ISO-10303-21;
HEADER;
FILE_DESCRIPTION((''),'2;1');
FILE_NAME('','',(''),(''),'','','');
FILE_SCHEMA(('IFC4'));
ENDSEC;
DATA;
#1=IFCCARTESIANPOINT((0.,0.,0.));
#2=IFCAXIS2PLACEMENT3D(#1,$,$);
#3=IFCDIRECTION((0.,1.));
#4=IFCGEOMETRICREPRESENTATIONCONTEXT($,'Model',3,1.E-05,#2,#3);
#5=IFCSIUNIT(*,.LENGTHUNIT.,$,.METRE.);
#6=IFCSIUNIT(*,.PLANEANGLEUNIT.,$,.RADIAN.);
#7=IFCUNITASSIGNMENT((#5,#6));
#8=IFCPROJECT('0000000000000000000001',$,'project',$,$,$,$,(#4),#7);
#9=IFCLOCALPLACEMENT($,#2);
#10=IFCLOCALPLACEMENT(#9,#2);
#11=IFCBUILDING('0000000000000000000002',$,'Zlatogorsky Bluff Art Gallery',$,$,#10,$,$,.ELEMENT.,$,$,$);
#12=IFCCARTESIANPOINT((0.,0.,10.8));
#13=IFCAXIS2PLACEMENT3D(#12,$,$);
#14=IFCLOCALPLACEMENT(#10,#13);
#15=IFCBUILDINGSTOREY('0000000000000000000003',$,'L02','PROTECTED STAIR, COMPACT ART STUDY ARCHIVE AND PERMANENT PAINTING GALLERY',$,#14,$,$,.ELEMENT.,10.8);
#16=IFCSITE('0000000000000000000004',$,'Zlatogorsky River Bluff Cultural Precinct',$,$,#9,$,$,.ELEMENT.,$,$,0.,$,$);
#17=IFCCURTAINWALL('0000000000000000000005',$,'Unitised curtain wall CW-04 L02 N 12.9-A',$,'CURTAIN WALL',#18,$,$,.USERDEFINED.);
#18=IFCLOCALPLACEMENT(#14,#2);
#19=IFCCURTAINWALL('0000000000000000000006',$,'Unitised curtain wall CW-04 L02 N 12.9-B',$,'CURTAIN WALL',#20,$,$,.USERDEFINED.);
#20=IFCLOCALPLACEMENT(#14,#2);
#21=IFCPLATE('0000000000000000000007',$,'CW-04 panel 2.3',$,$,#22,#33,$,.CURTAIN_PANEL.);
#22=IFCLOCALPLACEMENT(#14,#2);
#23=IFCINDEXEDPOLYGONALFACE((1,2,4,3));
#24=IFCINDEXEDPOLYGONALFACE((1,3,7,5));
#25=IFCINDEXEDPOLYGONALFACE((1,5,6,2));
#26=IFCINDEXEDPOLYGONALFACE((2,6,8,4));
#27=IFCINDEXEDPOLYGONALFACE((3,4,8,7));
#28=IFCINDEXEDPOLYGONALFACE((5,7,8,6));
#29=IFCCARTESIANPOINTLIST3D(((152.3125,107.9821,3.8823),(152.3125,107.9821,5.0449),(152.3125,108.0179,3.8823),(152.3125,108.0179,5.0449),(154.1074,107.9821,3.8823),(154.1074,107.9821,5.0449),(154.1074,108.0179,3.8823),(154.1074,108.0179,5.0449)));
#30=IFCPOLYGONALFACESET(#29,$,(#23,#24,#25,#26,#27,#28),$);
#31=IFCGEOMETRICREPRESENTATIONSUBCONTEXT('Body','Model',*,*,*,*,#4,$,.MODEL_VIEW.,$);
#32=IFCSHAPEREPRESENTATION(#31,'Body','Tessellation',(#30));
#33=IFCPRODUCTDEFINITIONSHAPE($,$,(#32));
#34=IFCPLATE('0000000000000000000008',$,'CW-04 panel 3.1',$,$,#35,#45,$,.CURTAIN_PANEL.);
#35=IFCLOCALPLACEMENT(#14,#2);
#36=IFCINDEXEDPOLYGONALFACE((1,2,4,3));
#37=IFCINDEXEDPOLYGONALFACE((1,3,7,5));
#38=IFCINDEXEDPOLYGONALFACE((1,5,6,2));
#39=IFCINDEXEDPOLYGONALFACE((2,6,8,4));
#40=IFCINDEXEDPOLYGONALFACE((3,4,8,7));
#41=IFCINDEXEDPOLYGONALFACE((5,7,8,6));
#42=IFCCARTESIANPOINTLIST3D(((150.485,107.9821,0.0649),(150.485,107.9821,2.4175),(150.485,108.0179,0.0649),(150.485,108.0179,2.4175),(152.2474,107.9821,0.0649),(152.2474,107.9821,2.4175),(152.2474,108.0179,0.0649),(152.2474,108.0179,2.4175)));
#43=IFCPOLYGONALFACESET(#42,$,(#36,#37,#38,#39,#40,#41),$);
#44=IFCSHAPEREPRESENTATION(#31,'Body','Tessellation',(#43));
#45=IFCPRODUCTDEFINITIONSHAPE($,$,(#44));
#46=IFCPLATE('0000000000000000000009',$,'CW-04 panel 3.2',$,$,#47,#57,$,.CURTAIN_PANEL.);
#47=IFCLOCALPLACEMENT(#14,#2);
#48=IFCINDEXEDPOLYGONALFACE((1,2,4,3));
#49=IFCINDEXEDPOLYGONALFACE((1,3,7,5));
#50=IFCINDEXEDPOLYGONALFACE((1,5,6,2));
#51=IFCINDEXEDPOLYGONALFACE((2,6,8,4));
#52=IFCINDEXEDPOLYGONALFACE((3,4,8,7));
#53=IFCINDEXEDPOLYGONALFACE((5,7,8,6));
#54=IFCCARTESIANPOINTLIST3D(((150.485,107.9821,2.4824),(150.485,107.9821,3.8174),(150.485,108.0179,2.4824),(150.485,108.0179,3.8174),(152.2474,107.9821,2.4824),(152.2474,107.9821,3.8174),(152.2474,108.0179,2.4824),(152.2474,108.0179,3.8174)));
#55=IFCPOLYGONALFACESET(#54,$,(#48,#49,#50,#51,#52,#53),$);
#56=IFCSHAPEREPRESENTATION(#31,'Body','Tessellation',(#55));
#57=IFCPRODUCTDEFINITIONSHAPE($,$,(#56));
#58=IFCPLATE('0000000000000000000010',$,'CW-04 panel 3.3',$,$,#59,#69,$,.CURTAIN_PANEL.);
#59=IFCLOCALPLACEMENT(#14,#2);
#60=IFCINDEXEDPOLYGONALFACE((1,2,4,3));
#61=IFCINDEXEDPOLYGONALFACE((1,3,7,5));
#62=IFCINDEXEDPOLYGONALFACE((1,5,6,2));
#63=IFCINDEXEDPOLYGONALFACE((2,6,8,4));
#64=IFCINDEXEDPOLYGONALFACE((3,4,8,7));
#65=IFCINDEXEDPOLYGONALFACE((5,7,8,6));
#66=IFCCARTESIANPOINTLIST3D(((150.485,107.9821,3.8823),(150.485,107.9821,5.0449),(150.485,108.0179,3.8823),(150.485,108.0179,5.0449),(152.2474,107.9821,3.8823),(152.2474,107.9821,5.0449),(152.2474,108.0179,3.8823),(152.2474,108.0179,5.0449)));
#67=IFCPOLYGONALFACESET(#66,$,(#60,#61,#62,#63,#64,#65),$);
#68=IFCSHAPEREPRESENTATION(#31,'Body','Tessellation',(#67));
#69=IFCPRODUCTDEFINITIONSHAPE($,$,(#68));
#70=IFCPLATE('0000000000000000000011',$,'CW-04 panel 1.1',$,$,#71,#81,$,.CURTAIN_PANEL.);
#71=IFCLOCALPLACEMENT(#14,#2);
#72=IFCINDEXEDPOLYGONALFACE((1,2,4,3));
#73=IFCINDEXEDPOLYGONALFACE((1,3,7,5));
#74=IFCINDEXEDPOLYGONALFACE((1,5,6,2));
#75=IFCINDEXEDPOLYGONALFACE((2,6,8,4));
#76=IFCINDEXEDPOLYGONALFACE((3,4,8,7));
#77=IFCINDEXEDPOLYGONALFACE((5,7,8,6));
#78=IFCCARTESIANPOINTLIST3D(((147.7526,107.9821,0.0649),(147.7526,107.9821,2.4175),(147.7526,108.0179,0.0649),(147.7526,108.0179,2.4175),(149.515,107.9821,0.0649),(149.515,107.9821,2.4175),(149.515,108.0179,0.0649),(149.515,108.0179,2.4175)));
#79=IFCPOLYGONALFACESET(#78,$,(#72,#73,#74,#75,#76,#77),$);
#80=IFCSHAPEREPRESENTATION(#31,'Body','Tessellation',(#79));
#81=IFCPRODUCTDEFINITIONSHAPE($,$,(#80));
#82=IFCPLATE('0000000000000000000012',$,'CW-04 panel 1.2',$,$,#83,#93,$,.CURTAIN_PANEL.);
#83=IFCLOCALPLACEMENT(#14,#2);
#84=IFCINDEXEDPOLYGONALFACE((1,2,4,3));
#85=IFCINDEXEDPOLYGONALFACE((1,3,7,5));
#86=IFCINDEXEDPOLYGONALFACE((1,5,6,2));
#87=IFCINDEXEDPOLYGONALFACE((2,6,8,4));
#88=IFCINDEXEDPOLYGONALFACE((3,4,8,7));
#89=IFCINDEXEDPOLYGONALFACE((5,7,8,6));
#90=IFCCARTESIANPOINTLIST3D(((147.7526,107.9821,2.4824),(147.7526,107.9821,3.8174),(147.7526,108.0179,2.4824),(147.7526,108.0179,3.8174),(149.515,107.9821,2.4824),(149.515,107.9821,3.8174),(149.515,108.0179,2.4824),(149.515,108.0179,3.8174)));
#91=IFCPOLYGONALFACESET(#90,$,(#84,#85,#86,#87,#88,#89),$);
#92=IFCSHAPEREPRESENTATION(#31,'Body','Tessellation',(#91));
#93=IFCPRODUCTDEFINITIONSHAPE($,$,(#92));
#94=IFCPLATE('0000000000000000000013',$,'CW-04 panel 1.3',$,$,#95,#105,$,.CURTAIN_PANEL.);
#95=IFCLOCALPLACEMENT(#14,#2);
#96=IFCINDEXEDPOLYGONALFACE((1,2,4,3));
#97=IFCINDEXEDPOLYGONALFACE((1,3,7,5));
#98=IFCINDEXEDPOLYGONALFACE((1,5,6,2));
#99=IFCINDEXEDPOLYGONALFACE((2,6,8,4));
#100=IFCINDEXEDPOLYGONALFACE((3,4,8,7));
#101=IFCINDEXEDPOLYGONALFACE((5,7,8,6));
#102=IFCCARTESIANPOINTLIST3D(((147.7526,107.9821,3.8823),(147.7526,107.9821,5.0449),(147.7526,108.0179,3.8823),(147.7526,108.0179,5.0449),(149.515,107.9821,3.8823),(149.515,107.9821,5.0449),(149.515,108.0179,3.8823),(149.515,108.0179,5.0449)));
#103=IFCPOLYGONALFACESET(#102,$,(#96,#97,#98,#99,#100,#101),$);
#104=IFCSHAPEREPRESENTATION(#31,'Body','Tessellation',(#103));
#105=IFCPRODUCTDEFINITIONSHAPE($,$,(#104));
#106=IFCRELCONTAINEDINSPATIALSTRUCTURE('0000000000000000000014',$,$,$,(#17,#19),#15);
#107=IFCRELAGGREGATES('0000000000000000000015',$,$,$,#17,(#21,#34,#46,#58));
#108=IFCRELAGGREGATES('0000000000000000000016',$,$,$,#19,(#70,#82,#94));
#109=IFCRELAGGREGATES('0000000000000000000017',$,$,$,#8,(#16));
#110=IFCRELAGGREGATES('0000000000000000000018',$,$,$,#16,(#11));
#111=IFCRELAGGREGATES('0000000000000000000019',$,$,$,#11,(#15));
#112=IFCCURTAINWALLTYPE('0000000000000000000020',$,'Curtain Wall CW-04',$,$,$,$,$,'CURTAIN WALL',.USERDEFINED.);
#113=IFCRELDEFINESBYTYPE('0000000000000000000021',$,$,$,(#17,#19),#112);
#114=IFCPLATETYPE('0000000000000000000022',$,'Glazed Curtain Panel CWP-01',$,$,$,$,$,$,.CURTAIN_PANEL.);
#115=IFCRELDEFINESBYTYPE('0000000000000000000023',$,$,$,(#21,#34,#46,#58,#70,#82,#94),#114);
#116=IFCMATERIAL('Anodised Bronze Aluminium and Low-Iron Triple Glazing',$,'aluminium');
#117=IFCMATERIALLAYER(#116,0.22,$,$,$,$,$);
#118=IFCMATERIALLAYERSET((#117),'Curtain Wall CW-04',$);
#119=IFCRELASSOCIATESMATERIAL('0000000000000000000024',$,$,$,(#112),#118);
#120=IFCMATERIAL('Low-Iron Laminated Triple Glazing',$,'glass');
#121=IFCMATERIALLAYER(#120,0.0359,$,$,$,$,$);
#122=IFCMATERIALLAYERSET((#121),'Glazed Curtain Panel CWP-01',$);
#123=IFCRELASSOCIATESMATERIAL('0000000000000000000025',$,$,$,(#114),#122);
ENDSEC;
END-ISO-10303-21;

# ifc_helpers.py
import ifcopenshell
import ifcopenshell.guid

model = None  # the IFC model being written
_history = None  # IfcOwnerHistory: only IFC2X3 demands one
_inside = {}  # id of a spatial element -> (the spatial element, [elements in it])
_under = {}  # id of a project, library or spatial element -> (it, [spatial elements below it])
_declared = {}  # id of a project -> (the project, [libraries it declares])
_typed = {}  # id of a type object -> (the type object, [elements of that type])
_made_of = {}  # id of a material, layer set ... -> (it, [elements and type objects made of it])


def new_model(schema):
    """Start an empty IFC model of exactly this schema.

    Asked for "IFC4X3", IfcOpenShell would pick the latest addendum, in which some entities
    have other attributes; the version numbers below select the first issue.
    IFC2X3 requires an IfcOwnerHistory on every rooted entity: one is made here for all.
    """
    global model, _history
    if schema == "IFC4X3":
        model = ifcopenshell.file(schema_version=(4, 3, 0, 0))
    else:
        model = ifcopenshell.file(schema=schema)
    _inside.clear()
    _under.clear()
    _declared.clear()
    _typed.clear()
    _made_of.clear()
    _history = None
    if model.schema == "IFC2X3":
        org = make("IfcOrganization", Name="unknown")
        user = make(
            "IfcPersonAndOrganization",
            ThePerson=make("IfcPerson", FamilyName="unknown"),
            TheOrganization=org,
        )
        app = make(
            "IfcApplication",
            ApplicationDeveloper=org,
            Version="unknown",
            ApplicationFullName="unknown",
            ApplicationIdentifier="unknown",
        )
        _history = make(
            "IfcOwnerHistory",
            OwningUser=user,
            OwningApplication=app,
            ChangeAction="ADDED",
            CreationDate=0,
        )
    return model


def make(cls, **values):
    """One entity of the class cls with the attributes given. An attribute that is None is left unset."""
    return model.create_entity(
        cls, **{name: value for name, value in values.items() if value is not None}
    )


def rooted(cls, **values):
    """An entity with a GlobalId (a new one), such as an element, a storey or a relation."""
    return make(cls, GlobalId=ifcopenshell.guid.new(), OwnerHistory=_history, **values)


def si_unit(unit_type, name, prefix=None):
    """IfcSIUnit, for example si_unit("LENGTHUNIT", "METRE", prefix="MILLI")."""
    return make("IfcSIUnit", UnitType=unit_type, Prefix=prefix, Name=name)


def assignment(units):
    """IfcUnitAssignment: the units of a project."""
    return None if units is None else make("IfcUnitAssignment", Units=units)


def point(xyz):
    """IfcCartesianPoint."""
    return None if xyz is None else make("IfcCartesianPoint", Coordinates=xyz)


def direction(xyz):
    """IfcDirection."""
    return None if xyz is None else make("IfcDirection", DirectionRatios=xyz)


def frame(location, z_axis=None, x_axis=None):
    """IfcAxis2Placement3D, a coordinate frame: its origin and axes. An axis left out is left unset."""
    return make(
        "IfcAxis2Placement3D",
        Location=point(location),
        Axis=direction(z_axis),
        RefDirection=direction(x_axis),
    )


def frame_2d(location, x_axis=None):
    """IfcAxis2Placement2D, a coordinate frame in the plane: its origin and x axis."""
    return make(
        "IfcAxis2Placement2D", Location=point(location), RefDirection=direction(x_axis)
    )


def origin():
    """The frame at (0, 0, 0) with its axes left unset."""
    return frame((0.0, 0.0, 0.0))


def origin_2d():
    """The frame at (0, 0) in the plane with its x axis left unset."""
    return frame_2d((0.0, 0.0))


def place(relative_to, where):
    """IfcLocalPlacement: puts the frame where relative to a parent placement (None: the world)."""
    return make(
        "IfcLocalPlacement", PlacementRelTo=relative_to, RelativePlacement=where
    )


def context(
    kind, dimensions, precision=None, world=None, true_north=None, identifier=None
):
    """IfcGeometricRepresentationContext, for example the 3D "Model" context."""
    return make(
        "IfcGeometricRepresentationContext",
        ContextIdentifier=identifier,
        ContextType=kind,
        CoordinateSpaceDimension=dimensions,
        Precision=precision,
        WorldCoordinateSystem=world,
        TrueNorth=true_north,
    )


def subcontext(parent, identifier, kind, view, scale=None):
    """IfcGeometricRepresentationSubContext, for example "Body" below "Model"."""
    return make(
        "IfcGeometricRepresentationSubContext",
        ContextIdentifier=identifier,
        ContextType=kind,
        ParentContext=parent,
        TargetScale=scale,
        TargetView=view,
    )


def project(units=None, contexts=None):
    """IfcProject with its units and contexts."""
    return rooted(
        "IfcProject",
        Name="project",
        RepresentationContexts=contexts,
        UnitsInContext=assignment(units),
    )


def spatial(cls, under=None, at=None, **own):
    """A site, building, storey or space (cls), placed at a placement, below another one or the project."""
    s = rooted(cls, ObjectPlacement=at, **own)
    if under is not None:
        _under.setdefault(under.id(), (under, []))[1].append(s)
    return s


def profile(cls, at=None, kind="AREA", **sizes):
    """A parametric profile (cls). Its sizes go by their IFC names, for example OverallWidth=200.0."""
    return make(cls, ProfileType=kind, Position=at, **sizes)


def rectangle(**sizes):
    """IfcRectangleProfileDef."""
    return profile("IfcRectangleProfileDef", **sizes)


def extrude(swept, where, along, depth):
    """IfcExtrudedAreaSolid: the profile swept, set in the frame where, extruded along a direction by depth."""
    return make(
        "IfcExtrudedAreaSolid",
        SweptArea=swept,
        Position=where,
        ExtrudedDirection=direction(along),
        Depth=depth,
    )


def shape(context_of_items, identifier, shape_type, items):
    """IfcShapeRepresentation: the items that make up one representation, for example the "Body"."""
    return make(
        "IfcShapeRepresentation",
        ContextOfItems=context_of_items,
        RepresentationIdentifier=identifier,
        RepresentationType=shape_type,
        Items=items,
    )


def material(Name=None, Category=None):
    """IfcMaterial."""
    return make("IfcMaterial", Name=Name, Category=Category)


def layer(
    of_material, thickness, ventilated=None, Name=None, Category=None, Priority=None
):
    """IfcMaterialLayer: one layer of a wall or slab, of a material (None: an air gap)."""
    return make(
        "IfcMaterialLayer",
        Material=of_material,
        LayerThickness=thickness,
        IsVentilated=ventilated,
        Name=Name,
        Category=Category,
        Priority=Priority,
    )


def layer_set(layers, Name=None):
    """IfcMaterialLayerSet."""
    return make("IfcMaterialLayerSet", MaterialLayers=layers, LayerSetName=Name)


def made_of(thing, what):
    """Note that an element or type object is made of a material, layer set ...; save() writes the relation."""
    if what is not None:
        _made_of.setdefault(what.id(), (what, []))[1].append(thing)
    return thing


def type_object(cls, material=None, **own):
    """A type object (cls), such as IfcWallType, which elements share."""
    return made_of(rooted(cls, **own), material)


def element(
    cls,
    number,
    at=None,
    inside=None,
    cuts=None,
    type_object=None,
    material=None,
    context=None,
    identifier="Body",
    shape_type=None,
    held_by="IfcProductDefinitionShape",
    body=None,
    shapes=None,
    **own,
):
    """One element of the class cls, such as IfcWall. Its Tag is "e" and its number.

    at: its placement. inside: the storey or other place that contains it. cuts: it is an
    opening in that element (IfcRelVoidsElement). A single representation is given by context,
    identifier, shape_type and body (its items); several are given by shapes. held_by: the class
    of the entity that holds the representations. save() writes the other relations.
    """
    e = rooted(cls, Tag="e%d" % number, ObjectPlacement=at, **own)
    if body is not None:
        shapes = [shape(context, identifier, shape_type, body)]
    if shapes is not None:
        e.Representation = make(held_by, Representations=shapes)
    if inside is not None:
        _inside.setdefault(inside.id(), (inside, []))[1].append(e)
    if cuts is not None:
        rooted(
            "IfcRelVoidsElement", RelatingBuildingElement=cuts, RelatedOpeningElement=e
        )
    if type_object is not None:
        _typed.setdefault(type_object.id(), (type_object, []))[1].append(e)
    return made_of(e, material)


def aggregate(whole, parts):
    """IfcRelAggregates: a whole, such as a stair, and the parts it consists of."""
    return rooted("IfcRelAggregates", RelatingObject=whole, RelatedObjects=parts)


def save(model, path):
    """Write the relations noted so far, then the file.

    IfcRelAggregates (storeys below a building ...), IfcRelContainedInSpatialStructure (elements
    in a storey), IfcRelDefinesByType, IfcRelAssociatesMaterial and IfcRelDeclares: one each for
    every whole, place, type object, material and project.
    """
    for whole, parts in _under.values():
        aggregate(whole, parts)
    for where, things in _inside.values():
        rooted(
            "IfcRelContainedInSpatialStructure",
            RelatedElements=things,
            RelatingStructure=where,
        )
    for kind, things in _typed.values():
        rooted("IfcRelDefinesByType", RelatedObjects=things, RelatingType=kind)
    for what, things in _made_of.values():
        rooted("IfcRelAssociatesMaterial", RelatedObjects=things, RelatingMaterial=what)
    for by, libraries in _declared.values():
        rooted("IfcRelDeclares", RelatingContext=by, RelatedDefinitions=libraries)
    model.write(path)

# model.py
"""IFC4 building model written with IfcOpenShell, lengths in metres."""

from ifc_helpers import new_model, si_unit, direction, frame, origin, origin_2d, place, context, subcontext, project, spatial, rectangle, extrude, material, layer, layer_set, type_object, element, aggregate, save


model = new_model("IFC4")

# Units and contexts
model_context = context("Model", 3, precision=1e-05, world=origin(), true_north=direction((0.0, 1.0)))
body_context = subcontext(model_context, "Body", "Model", "MODEL_VIEW")
ifc_project = project(units=[si_unit("LENGTHUNIT", "METRE"), si_unit("PLANEANGLEUNIT", "RADIAN")], contexts=[model_context])

# Site, building, storey
site_placement = place(None, origin())
site = spatial("IfcSite", under=ifc_project, at=site_placement, Name="Zlatogorsky River Bluff Cultural Precinct", CompositionType="ELEMENT", RefElevation=0.0)
building_placement = place(site_placement, origin())
building = spatial("IfcBuilding", under=site, at=building_placement, Name="Zlatogorsky Bluff Art Gallery", CompositionType="ELEMENT")
storey_placement = place(building_placement, frame((0.0, 0.0, 10.8)))
storey = spatial("IfcBuildingStorey", under=building, at=storey_placement, Name="L02", Description="PROTECTED STAIR, COMPACT ART STUDY ARCHIVE AND PERMANENT PAINTING GALLERY", CompositionType="ELEMENT", Elevation=10.8)

# Curtain walls
ifc_material_1 = material(Name="Anodised Bronze Aluminium and Low-Iron Triple Glazing", Category="aluminium")
ifc_layer_1 = layer(ifc_material_1, 0.22)
ifc_layer_set_1 = layer_set([ifc_layer_1], Name="Curtain Wall CW-04")
curtain_wall_type = type_object("IfcCurtainWallType", Name="Curtain Wall CW-04", ElementType="CURTAIN WALL", PredefinedType="USERDEFINED", material=ifc_layer_set_1)
curtain_wall_1_placement = place(storey_placement, origin())
curtain_wall_1 = element("IfcCurtainWall", 1, at=curtain_wall_1_placement, inside=storey, type_object=curtain_wall_type, Name="Unitised curtain wall CW-04 L02 N 12.9-A", ObjectType="CURTAIN WALL", PredefinedType="USERDEFINED")
curtain_wall_2_placement = place(storey_placement, origin())
curtain_wall_2 = element("IfcCurtainWall", 2, at=curtain_wall_2_placement, inside=storey, type_object=curtain_wall_type, Name="Unitised curtain wall CW-04 L02 N 12.9-B", ObjectType="CURTAIN WALL", PredefinedType="USERDEFINED")

# Plates
ifc_material_2 = material(Name="Low-Iron Laminated Triple Glazing", Category="glass")
ifc_layer_2 = layer(ifc_material_2, 0.0359)
ifc_layer_set_2 = layer_set([ifc_layer_2], Name="Glazed Curtain Panel CWP-01")
plate_type = type_object("IfcPlateType", Name="Glazed Curtain Panel CWP-01", PredefinedType="CURTAIN_PANEL", material=ifc_layer_set_2)
plate_1_placement = place(storey_placement, frame((153.21, 108.0, 3.8823), z_axis=(0.0, 0.0, 1.0), x_axis=(-1.0, 0.0, 0.0)))
plate_1 = element("IfcPlate", 3, at=plate_1_placement, type_object=plate_type, Name="CW-04 panel 2.3", PredefinedType="CURTAIN_PANEL", context=body_context, shape_type="SweptSolid", body=[
    extrude(rectangle(XDim=1.7949, YDim=0.0359, at=origin_2d()), origin(), (0.0, 0.0, 1.0), 1.1626),
])
plate_2_placement = place(storey_placement, frame((151.3662, 108.0, 0.0649), z_axis=(0.0, 0.0, 1.0), x_axis=(-1.0, 0.0, 0.0)))
plate_2 = element("IfcPlate", 4, at=plate_2_placement, type_object=plate_type, Name="CW-04 panel 3.1", PredefinedType="CURTAIN_PANEL", context=body_context, shape_type="SweptSolid", body=[
    extrude(rectangle(XDim=1.7625, YDim=0.0359, at=origin_2d()), origin(), (0.0, 0.0, 1.0), 2.3525),
])
plate_3_placement = place(storey_placement, frame((151.3662, 108.0, 2.4824), z_axis=(0.0, 0.0, 1.0), x_axis=(-1.0, 0.0, 0.0)))
plate_3 = element("IfcPlate", 5, at=plate_3_placement, type_object=plate_type, Name="CW-04 panel 3.2", PredefinedType="CURTAIN_PANEL", context=body_context, shape_type="SweptSolid", body=[
    extrude(rectangle(XDim=1.7625, YDim=0.0359, at=origin_2d()), origin(), (0.0, 0.0, 1.0), 1.335),
])
plate_4_placement = place(storey_placement, frame((151.3662, 108.0, 3.8823), z_axis=(0.0, 0.0, 1.0), x_axis=(-1.0, 0.0, 0.0)))
plate_4 = element("IfcPlate", 6, at=plate_4_placement, type_object=plate_type, Name="CW-04 panel 3.3", PredefinedType="CURTAIN_PANEL", context=body_context, shape_type="SweptSolid", body=[
    extrude(rectangle(XDim=1.7625, YDim=0.0359, at=origin_2d()), origin(), (0.0, 0.0, 1.0), 1.1626),
])
aggregate(curtain_wall_1, [plate_1, plate_2, plate_3, plate_4])
plate_5_placement = place(storey_placement, frame((148.6338, 108.0, 0.0649), z_axis=(0.0, 0.0, 1.0), x_axis=(-1.0, 0.0, 0.0)))
plate_5 = element("IfcPlate", 7, at=plate_5_placement, type_object=plate_type, Name="CW-04 panel 1.1", PredefinedType="CURTAIN_PANEL", context=body_context, shape_type="SweptSolid", body=[
    extrude(rectangle(XDim=1.7625, YDim=0.0359, at=origin_2d()), origin(), (0.0, 0.0, 1.0), 2.3525),
])
plate_6_placement = place(storey_placement, frame((148.6338, 108.0, 2.4824), z_axis=(0.0, 0.0, 1.0), x_axis=(-1.0, 0.0, 0.0)))
plate_6 = element("IfcPlate", 8, at=plate_6_placement, type_object=plate_type, Name="CW-04 panel 1.2", PredefinedType="CURTAIN_PANEL", context=body_context, shape_type="SweptSolid", body=[
    extrude(rectangle(XDim=1.7625, YDim=0.0359, at=origin_2d()), origin(), (0.0, 0.0, 1.0), 1.335),
])
plate_7_placement = place(storey_placement, frame((148.6338, 108.0, 3.8823), z_axis=(0.0, 0.0, 1.0), x_axis=(-1.0, 0.0, 0.0)))
plate_7 = element("IfcPlate", 9, at=plate_7_placement, type_object=plate_type, Name="CW-04 panel 1.3", PredefinedType="CURTAIN_PANEL", context=body_context, shape_type="SweptSolid", body=[
    extrude(rectangle(XDim=1.7625, YDim=0.0359, at=origin_2d()), origin(), (0.0, 0.0, 1.0), 1.1626),
])
aggregate(curtain_wall_2, [plate_5, plate_6, plate_7])

save(model, "model.ifc")
